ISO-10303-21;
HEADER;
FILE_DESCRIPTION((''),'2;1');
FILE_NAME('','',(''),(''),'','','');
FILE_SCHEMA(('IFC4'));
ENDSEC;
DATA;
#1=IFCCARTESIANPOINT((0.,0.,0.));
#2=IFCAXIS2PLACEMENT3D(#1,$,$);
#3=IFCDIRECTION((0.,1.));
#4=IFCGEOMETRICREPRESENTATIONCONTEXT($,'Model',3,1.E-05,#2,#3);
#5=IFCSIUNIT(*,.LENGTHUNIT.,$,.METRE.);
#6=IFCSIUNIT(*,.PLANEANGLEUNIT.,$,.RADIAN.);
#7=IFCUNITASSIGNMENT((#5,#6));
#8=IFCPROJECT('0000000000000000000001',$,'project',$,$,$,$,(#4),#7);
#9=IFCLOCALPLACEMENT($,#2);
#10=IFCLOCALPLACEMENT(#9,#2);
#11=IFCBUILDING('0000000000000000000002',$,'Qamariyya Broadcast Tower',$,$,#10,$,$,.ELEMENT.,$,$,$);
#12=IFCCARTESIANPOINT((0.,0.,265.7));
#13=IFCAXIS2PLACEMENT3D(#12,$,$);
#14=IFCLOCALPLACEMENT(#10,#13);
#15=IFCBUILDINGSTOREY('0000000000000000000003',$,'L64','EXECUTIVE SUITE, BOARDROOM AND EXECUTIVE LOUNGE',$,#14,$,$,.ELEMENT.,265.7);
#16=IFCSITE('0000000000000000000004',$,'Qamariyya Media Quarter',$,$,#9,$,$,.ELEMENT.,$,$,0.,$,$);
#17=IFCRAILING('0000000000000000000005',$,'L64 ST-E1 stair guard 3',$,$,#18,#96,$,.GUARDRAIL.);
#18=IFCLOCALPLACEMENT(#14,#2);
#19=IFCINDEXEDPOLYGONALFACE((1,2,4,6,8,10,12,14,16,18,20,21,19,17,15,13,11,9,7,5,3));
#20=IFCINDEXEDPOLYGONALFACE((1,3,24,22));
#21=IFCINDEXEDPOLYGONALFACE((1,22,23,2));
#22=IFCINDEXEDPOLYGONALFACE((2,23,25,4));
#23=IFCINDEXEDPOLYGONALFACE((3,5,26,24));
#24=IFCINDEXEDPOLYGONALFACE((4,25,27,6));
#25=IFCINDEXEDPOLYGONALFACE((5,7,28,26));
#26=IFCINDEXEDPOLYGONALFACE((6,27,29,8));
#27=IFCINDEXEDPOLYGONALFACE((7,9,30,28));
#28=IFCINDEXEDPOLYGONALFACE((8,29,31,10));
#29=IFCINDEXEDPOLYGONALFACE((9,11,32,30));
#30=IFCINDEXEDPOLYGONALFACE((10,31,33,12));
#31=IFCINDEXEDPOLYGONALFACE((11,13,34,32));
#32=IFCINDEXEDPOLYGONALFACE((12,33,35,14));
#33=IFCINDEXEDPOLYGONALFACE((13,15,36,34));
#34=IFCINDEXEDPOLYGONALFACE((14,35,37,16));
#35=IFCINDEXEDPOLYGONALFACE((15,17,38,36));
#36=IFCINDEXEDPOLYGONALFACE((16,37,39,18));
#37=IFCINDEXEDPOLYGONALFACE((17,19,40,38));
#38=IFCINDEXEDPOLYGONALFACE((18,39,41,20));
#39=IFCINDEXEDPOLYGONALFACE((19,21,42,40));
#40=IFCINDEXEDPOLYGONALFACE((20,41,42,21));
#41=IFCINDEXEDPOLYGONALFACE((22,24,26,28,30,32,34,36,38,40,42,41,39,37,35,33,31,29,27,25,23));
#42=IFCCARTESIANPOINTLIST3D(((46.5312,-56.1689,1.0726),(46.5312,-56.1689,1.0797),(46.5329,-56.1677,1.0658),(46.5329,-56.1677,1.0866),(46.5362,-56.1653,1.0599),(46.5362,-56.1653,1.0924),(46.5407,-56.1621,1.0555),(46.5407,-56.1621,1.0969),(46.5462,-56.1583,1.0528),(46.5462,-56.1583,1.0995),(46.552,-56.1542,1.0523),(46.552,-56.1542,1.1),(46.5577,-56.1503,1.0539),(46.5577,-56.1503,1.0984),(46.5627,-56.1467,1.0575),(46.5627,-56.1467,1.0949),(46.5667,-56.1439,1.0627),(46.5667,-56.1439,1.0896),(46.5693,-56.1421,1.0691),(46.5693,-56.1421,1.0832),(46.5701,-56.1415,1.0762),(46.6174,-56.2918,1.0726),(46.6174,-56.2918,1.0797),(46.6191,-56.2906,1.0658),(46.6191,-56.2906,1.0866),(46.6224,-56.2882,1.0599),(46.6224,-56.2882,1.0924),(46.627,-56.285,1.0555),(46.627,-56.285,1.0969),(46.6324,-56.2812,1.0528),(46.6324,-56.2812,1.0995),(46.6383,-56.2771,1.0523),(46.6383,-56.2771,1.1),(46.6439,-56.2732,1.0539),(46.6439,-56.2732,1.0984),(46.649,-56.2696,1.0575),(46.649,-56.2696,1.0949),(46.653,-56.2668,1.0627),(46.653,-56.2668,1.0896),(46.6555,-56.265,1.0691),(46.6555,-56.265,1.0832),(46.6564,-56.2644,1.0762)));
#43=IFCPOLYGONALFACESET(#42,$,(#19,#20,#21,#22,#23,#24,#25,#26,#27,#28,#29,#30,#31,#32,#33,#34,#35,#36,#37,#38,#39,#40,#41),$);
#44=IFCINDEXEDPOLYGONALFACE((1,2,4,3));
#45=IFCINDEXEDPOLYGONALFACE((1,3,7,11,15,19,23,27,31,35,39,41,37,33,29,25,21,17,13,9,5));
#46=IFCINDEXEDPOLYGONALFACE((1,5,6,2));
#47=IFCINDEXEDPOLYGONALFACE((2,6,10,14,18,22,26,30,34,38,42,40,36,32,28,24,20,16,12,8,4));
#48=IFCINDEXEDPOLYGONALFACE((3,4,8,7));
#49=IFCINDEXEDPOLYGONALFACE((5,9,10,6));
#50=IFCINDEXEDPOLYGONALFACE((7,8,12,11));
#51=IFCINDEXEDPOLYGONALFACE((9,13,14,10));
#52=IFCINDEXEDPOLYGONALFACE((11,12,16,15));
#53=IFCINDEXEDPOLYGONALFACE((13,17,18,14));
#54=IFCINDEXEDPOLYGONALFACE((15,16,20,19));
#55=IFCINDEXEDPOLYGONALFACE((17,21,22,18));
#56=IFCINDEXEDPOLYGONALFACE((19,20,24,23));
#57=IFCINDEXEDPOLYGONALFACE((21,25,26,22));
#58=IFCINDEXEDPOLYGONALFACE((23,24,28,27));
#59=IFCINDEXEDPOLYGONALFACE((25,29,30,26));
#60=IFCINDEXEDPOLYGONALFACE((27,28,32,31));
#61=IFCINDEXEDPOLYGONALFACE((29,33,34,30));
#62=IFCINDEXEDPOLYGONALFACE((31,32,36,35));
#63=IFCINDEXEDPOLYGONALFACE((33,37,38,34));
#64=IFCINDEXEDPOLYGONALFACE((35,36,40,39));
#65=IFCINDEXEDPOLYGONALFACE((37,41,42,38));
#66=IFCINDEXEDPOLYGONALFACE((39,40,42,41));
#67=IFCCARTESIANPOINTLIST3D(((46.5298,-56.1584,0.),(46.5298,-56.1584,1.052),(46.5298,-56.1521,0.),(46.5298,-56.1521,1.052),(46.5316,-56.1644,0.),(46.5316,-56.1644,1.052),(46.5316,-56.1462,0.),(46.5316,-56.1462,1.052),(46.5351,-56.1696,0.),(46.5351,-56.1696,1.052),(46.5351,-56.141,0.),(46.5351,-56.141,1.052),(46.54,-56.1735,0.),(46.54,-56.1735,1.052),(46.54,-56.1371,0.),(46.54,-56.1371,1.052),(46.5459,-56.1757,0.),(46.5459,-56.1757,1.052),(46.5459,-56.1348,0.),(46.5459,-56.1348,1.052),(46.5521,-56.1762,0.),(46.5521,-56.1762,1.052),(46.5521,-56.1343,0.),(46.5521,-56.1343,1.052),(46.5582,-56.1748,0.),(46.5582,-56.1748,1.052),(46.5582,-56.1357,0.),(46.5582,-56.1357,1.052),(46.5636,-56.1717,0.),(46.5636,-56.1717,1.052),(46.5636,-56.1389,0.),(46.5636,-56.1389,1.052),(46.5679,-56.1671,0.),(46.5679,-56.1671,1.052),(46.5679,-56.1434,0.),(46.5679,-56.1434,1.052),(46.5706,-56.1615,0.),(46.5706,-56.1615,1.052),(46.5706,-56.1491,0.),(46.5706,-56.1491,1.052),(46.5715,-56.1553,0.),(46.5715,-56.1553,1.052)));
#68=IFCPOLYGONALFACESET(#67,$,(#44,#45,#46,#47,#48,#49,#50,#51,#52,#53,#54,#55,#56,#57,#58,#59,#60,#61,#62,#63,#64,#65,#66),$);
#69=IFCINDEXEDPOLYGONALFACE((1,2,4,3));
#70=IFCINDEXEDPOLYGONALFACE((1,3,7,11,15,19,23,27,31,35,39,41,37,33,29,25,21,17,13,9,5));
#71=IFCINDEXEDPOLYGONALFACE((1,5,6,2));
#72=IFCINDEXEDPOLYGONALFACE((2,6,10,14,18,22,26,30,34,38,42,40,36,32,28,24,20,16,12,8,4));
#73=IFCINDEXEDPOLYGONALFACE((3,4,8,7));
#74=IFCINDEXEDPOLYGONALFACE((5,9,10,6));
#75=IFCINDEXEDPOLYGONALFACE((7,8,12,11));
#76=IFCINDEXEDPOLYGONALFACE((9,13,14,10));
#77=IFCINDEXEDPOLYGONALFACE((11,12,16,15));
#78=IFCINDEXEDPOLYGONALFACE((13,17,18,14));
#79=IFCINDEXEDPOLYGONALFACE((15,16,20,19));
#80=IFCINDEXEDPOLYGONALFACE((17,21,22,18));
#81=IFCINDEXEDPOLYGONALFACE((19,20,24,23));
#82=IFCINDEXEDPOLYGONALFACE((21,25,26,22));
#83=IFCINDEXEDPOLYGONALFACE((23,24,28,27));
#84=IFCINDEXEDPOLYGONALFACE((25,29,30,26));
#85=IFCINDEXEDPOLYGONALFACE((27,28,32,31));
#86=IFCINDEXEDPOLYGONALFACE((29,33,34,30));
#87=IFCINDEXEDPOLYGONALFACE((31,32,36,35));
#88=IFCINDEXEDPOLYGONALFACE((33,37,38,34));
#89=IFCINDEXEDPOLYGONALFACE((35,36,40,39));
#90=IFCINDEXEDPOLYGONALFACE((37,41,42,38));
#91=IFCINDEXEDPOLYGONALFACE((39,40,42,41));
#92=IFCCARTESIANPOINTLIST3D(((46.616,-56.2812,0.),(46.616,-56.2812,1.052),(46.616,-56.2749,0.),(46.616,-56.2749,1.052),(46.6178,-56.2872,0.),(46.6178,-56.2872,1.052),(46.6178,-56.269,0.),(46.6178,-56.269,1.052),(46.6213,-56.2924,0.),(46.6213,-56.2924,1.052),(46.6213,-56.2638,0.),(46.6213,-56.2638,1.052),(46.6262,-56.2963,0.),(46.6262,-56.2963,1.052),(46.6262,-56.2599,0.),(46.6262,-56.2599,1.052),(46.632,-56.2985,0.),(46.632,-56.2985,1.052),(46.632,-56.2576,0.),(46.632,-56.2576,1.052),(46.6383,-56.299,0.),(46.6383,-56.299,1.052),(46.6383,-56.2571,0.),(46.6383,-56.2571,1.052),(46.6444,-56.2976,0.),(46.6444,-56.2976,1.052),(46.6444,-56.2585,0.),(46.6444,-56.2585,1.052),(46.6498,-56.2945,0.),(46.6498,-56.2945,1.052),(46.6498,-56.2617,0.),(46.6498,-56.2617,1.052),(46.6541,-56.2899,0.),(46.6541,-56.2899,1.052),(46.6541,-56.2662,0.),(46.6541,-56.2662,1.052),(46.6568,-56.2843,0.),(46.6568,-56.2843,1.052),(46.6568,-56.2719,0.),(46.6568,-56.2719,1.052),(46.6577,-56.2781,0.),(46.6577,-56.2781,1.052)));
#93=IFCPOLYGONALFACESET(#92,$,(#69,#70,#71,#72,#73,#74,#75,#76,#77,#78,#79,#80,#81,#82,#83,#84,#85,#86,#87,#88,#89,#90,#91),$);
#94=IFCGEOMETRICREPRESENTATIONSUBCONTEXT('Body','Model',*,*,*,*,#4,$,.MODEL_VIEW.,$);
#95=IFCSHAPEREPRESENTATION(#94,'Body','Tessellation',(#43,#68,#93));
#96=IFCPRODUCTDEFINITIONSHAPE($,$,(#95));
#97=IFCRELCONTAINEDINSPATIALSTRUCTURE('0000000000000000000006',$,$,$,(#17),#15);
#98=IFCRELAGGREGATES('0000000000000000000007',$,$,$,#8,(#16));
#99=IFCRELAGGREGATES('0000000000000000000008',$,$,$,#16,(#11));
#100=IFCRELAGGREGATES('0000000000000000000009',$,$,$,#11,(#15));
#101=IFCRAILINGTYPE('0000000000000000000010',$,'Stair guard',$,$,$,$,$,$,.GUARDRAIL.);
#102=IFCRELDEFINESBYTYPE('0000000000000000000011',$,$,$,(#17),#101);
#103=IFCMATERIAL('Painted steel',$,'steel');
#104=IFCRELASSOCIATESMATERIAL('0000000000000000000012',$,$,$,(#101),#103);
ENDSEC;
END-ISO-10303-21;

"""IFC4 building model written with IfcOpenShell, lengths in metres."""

from ifc_helpers import new_model, si_unit, direction, frame, origin, origin_2d, place, context, subcontext, project, spatial, circle, extrude, material, type_object, element, save


model = new_model("IFC4")

# Units and contexts
model_context = context("Model", 3, precision=1e-05, world=origin(), true_north=direction((0.0, 1.0)))
body_context = subcontext(model_context, "Body", "Model", "MODEL_VIEW")
ifc_project = project(units=[si_unit("LENGTHUNIT", "METRE"), si_unit("PLANEANGLEUNIT", "RADIAN")], contexts=[model_context])

# Site, building, storey
site_placement = place(None, origin())
site = spatial("IfcSite", under=ifc_project, at=site_placement, Name="Qamariyya Media Quarter", CompositionType="ELEMENT", RefElevation=0.0)
building_placement = place(site_placement, origin())
building = spatial("IfcBuilding", under=site, at=building_placement, Name="Qamariyya Broadcast Tower", CompositionType="ELEMENT")
storey_placement = place(building_placement, frame((0.0, 0.0, 265.7)))
storey = spatial("IfcBuildingStorey", under=building, at=storey_placement, Name="L64", Description="EXECUTIVE SUITE, BOARDROOM AND EXECUTIVE LOUNGE", CompositionType="ELEMENT", Elevation=265.7)

# Railing
ifc_material_1 = material(Name="Painted steel", Category="steel")
railing_type_1 = type_object("IfcRailingType", Name="Stair guard", PredefinedType="GUARDRAIL", material=ifc_material_1)
railing_1_placement = place(storey_placement, frame((46.5505, -56.1553, 0.0)))
element("IfcRailing", 1, at=railing_1_placement, inside=storey, type_object=railing_type_1, Name="L64 ST-E1 stair guard 3", PredefinedType="GUARDRAIL", context=body_context, shape_type="SweptSolid", body=[
    extrude(circle(Radius=0.0239, at=origin_2d()), frame((0.0, 0.0, 1.0762), z_axis=(0.574445, -0.818543, 0.0), x_axis=(0.818543, 0.574445, 0.0)), (0.0, 0.0, 1.0), 0.1501),
    extrude(circle(Radius=0.021, at=origin_2d()), origin(), (0.0, 0.0, 1.0), 1.052),
    extrude(circle(Radius=0.021, at=origin_2d()), frame((0.0862, -0.1228, 0.0)), (0.0, 0.0, 1.0), 1.052),
])

save(model, "model.ifc")
